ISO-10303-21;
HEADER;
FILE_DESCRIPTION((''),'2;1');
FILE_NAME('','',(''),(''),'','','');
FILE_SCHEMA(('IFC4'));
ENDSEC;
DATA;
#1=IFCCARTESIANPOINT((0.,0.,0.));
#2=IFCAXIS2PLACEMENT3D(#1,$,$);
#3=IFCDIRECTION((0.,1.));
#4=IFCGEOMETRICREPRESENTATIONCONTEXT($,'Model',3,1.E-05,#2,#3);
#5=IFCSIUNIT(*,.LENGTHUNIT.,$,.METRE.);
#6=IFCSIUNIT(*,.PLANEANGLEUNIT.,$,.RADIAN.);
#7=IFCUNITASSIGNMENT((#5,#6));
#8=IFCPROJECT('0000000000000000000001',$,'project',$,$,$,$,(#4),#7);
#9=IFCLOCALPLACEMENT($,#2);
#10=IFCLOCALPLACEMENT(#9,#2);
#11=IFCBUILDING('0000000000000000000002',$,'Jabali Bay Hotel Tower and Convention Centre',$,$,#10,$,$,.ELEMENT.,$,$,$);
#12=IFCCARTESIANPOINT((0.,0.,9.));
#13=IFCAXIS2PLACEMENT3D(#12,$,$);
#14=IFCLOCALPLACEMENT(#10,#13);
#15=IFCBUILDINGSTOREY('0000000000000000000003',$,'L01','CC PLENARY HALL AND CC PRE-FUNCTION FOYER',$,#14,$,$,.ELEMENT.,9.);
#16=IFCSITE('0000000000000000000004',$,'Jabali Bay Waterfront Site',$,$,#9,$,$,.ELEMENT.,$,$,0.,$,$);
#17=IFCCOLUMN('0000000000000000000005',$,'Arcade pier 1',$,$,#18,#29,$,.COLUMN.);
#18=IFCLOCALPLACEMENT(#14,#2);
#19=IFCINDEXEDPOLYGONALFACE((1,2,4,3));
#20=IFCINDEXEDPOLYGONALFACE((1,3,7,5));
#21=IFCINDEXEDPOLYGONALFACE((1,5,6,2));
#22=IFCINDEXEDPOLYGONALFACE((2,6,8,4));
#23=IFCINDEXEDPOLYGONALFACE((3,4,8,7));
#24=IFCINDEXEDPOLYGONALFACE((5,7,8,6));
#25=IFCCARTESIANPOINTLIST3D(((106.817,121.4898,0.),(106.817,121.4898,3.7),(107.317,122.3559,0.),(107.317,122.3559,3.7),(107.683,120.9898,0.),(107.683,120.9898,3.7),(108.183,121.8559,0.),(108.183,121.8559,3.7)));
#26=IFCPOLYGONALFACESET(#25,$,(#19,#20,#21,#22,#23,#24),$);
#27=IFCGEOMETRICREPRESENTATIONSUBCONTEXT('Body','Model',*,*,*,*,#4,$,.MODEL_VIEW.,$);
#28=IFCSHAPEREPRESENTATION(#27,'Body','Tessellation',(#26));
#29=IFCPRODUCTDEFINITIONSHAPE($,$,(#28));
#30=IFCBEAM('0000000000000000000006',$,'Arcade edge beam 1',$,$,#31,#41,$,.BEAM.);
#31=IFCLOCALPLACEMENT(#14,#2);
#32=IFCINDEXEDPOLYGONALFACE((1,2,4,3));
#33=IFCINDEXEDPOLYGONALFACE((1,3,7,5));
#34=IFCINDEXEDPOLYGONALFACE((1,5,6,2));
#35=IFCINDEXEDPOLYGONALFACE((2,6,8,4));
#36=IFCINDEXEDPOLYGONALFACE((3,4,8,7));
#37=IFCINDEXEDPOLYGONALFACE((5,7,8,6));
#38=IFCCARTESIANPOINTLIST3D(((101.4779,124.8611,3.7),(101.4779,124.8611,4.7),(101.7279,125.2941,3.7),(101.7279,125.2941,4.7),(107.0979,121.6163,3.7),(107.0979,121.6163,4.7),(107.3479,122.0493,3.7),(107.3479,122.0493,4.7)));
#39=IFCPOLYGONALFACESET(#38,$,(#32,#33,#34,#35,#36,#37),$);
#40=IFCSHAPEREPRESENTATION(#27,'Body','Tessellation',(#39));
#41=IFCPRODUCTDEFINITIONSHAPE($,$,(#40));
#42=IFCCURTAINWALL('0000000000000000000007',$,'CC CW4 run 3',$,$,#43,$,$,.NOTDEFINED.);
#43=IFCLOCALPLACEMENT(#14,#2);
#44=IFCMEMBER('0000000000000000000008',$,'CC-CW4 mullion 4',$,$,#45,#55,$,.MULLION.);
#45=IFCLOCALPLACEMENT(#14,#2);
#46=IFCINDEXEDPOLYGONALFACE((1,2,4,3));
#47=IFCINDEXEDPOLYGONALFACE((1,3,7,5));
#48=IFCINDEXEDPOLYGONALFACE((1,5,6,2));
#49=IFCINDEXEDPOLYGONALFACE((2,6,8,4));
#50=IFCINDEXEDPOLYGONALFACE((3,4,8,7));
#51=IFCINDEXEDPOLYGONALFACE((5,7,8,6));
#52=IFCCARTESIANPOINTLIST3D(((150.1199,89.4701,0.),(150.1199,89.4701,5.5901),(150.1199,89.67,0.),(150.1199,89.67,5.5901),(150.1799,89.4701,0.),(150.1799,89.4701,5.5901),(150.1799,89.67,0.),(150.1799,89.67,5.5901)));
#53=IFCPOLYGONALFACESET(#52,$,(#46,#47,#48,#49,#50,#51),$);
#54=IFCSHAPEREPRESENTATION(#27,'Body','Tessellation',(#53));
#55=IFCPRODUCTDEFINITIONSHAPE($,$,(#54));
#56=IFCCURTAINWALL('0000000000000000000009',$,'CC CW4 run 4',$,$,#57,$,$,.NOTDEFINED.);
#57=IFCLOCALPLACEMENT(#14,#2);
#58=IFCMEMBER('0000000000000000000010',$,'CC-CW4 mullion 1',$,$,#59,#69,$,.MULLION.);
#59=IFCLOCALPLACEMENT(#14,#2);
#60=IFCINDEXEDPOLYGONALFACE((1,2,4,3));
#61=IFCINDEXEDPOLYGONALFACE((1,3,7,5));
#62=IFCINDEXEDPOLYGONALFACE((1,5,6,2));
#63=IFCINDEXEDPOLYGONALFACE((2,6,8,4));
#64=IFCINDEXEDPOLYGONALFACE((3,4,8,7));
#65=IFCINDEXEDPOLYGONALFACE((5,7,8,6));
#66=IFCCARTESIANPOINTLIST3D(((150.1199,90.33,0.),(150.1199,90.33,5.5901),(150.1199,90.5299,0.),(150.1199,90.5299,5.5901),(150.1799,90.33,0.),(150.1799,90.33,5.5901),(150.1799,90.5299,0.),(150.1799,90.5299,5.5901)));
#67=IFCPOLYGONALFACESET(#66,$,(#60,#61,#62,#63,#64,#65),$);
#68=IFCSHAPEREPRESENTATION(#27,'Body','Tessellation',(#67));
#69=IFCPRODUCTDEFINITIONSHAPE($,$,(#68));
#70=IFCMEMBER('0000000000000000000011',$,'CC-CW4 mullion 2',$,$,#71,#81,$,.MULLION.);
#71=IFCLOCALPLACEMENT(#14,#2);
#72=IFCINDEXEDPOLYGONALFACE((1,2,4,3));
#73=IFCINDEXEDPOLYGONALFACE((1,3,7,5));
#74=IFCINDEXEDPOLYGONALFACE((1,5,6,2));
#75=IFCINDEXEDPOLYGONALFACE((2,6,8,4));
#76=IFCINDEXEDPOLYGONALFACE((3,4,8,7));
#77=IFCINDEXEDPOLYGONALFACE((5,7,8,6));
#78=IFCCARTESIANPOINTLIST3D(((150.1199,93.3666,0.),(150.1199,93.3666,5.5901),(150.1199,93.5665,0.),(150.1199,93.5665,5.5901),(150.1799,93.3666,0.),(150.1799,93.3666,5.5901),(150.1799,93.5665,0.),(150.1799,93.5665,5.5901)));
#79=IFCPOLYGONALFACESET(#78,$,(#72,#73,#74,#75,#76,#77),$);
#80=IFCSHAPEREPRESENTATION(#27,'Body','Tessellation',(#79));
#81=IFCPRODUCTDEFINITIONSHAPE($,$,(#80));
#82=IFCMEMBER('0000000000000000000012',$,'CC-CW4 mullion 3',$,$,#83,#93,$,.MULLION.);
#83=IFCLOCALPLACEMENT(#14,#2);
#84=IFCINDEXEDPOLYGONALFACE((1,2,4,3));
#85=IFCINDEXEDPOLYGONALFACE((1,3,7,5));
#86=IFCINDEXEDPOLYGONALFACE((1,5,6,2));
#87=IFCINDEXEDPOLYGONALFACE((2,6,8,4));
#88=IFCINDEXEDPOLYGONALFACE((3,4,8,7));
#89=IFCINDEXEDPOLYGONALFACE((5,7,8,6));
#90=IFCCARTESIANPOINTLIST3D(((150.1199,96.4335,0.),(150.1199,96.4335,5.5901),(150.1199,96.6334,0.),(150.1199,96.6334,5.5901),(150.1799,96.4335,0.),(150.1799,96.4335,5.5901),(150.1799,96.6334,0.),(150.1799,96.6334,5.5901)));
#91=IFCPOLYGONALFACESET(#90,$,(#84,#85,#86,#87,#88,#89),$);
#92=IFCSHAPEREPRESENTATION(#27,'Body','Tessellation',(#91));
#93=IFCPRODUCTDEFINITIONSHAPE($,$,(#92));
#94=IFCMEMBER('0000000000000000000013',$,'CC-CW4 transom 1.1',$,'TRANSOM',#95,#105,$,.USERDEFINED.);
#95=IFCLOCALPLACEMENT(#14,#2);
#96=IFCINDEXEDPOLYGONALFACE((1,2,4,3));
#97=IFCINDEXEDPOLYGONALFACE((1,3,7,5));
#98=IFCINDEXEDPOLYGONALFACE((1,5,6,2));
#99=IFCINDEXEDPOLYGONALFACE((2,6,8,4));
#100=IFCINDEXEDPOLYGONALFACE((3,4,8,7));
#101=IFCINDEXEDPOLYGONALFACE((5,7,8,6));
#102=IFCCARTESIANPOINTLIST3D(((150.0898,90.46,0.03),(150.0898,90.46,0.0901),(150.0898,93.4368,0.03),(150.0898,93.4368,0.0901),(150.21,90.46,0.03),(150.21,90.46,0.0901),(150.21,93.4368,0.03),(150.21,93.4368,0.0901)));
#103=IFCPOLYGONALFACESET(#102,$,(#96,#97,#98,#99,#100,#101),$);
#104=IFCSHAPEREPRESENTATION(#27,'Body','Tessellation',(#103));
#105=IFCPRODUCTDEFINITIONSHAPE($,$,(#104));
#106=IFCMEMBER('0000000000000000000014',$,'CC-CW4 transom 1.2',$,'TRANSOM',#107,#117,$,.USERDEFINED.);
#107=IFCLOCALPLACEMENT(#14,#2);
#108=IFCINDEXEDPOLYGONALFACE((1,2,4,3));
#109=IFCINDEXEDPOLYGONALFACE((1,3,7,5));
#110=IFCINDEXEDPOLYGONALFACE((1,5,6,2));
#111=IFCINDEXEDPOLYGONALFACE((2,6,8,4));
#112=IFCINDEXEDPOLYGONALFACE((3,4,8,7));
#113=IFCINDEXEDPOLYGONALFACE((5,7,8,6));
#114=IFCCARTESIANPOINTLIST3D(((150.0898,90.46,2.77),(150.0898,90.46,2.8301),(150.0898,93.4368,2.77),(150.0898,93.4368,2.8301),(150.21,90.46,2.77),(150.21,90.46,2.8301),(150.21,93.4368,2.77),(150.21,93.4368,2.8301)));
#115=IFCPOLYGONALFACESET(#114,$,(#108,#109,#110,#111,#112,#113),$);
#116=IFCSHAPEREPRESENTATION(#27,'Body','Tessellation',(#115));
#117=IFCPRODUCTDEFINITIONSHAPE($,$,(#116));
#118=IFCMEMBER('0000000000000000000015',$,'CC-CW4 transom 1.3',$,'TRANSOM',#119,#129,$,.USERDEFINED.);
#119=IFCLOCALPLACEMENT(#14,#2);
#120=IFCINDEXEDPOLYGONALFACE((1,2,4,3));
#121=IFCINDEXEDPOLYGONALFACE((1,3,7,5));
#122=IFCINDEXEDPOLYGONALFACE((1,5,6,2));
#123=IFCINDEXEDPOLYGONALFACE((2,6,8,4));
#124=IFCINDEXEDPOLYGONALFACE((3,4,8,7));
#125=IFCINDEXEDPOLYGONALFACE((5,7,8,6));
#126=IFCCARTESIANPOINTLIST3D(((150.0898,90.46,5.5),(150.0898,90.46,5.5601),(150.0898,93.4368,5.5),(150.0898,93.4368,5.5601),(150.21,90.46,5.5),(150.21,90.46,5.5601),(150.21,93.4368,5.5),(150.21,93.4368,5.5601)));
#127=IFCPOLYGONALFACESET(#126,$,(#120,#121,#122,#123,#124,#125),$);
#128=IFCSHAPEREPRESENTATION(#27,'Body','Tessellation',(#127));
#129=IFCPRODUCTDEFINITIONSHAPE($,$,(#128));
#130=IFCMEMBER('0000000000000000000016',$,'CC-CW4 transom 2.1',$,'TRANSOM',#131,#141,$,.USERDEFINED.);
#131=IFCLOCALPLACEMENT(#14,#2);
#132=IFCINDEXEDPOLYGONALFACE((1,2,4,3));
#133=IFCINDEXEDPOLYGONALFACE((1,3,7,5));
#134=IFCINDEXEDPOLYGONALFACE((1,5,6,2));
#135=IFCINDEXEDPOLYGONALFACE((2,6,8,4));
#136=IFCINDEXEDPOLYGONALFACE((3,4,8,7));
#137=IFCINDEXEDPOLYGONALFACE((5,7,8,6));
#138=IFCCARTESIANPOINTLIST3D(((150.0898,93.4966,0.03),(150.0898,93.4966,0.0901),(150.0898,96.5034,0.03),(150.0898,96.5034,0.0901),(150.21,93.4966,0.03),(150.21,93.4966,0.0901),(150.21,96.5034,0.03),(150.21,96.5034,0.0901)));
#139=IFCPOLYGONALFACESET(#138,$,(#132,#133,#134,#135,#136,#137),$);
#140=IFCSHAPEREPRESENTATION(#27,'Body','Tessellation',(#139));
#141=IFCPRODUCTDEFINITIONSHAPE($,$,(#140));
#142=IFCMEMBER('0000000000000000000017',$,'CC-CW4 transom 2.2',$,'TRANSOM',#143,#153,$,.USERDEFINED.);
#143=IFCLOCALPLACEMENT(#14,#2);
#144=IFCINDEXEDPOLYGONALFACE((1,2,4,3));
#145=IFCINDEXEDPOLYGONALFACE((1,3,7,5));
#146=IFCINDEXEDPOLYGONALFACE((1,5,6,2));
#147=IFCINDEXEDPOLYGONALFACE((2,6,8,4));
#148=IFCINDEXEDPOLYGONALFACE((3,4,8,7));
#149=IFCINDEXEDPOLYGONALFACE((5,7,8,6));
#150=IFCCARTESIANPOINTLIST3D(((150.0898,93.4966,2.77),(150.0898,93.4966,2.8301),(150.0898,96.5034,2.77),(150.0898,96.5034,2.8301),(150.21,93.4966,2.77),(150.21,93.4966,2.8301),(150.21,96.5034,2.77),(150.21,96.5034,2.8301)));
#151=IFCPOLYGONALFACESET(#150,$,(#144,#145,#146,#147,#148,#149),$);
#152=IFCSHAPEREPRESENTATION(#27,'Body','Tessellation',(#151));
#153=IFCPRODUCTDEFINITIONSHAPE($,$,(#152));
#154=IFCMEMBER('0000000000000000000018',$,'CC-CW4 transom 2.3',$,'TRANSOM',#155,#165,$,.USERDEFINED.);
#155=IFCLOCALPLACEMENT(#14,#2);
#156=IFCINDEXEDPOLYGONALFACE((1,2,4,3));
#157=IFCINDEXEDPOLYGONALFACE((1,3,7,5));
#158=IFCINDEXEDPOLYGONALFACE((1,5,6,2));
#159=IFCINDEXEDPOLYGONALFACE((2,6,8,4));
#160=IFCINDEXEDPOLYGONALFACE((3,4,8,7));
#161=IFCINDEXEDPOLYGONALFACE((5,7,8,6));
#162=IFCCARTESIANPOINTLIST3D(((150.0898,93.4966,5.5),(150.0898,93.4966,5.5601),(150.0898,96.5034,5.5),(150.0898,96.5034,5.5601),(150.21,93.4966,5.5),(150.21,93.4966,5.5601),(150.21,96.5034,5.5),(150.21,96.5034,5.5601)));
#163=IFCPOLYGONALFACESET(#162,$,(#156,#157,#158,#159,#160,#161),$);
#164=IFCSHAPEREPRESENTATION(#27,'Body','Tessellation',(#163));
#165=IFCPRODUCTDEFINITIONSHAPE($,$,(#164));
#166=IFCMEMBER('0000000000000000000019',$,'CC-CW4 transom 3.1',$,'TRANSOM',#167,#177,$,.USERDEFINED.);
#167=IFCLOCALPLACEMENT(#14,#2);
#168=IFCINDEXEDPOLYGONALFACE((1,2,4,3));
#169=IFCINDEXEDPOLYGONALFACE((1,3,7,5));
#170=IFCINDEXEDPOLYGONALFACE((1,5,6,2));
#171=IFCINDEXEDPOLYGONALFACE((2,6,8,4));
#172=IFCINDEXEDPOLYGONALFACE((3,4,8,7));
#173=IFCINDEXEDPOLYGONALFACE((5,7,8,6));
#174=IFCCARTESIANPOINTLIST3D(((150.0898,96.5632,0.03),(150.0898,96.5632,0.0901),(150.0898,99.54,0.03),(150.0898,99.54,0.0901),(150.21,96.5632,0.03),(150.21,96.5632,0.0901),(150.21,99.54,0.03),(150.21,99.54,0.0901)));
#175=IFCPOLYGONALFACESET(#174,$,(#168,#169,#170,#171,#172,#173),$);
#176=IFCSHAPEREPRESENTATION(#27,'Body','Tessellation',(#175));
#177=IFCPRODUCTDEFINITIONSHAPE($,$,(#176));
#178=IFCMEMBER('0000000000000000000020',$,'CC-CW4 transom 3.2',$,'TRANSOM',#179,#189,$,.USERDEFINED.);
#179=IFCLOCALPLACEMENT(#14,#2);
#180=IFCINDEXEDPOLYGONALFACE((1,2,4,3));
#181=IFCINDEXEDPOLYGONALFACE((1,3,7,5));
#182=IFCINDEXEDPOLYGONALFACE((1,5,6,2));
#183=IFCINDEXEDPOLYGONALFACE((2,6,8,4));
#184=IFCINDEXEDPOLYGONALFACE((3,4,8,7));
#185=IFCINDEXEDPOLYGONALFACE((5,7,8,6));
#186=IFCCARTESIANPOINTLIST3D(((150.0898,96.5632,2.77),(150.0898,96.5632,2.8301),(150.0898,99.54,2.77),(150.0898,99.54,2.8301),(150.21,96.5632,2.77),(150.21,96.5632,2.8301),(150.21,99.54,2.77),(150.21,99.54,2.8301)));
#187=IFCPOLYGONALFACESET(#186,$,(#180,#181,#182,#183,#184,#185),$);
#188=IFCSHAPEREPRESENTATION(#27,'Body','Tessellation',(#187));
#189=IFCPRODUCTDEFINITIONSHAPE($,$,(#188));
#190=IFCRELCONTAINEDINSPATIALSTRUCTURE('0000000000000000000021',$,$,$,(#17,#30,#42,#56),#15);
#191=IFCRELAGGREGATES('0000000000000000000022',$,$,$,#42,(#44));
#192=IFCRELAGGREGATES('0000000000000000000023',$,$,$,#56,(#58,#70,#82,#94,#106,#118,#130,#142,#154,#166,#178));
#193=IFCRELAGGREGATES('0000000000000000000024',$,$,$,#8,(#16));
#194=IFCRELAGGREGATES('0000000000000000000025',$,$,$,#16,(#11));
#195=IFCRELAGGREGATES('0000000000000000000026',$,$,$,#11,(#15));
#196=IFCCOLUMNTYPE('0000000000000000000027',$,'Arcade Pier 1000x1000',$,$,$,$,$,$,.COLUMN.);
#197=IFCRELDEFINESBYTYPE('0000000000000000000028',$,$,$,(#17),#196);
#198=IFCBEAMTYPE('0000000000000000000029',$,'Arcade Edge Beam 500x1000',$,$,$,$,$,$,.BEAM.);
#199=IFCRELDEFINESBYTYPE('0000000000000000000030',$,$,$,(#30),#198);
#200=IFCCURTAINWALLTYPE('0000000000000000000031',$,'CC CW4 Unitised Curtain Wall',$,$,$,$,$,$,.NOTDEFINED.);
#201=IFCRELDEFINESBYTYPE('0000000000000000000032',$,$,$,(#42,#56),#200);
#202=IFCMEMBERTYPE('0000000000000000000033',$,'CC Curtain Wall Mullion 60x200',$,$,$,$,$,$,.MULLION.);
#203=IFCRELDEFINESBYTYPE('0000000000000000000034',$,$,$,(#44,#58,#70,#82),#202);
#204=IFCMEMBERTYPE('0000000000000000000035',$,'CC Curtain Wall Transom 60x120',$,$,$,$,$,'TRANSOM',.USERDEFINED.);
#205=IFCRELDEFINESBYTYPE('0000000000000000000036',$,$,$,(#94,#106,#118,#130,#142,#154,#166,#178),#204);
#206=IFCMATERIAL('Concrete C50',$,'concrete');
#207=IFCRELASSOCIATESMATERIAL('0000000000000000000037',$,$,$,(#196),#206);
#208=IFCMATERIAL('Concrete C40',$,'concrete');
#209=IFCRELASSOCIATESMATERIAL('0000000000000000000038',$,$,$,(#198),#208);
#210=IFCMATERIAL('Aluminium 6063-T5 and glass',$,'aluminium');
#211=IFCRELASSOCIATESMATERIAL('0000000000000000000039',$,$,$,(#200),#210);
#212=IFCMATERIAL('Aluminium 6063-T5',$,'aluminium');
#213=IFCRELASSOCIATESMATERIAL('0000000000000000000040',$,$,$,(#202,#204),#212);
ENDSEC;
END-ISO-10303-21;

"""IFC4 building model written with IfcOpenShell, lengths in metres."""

from ifc_helpers import new_model, si_unit, direction, frame, origin, origin_2d, place, context, subcontext, project, spatial, rectangle, extrude, material, material_profile, profile_set, type_object, element, aggregate, save


model = new_model("IFC4")

# Units and contexts
model_context = context("Model", 3, precision=1e-05, world=origin(), true_north=direction((0.0, 1.0)))
body_context = subcontext(model_context, "Body", "Model", "MODEL_VIEW")
ifc_project = project(units=[si_unit("LENGTHUNIT", "METRE"), si_unit("PLANEANGLEUNIT", "RADIAN")], contexts=[model_context])

# Site, building, storey
site_placement = place(None, origin())
site = spatial("IfcSite", under=ifc_project, at=site_placement, Name="Jabali Bay Waterfront Site", CompositionType="ELEMENT", RefElevation=0.0)
building_placement = place(site_placement, origin())
building = spatial("IfcBuilding", under=site, at=building_placement, Name="Jabali Bay Hotel Tower and Convention Centre", CompositionType="ELEMENT")
storey_placement = place(building_placement, frame((0.0, 0.0, 9.0)))
storey = spatial("IfcBuildingStorey", under=building, at=storey_placement, Name="L01", Description="CC PLENARY HALL AND CC PRE-FUNCTION FOYER", CompositionType="ELEMENT", Elevation=9.0)

# Column
ifc_material_1 = material(Name="Concrete C50", Category="concrete")
ifc_material_profile_1 = material_profile(ifc_material_1, rectangle(XDim=1.0, YDim=1.0, at=origin_2d()), Name="RC 1000x1000")
ifc_profile_set_1 = profile_set([ifc_material_profile_1], Name="Concrete C50")
column_type = type_object("IfcColumnType", Name="Arcade Pier 1000x1000", PredefinedType="COLUMN", material=ifc_profile_set_1)
column_placement = place(storey_placement, frame((107.5, 121.6729, 0.0), z_axis=(0.0, 0.0, 1.0), x_axis=(-0.866025, 0.5, 0.0)))
element("IfcColumn", 1, at=column_placement, inside=storey, type_object=column_type, Name="Arcade pier 1", PredefinedType="COLUMN", context=body_context, shape_type="SweptSolid", body=[
    extrude(rectangle(XDim=1.0, YDim=1.0, at=origin_2d()), origin(), (0.0, 0.0, 1.0), 3.7),
])

# Beam
ifc_material_2 = material(Name="Concrete C40", Category="concrete")
ifc_material_profile_2 = material_profile(ifc_material_2, rectangle(XDim=0.5, YDim=1.0, at=origin_2d()), Name="RC 500x1000")
ifc_profile_set_2 = profile_set([ifc_material_profile_2], Name="Concrete C40")
beam_type = type_object("IfcBeamType", Name="Arcade Edge Beam 500x1000", PredefinedType="BEAM", material=ifc_profile_set_2)
beam_placement = place(storey_placement, frame((107.2229, 121.8328, 4.2), z_axis=(-0.866019, 0.500011, 0.0), x_axis=(-0.500011, -0.866019, 0.0)))
element("IfcBeam", 2, at=beam_placement, inside=storey, type_object=beam_type, Name="Arcade edge beam 1", PredefinedType="BEAM", context=body_context, shape_type="SweptSolid", body=[
    extrude(rectangle(XDim=0.5, YDim=1.0, at=origin_2d()), origin(), (0.0, 0.0, 1.0), 6.4895),
])

# Curtain wall, member
ifc_material_3 = material(Name="Aluminium 6063-T5 and glass", Category="aluminium")
curtain_wall_type = type_object("IfcCurtainWallType", Name="CC CW4 Unitised Curtain Wall", PredefinedType="NOTDEFINED", material=ifc_material_3)
curtain_wall_1_placement = place(storey_placement, origin())
curtain_wall_1 = element("IfcCurtainWall", 3, at=curtain_wall_1_placement, inside=storey, type_object=curtain_wall_type, Name="CC CW4 run 3", PredefinedType="NOTDEFINED")
ifc_material_4 = material(Name="Aluminium 6063-T5", Category="aluminium")
ifc_material_profile_3 = material_profile(ifc_material_4, rectangle(XDim=0.0601, YDim=0.2, at=origin_2d()), Name="AL 60x200")
ifc_profile_set_3 = profile_set([ifc_material_profile_3], Name="Aluminium 6063-T5")
member_type_1 = type_object("IfcMemberType", Name="CC Curtain Wall Mullion 60x200", PredefinedType="MULLION", material=ifc_profile_set_3)
member_1_placement = place(storey_placement, frame((150.1499, 89.5701, 0.0), z_axis=(0.0, 0.0, 1.0), x_axis=(-1.0, 0.0, 0.0)))
member_1 = element("IfcMember", 4, at=member_1_placement, type_object=member_type_1, Name="CC-CW4 mullion 4", PredefinedType="MULLION", context=body_context, shape_type="SweptSolid", body=[
    extrude(rectangle(XDim=0.0601, YDim=0.2, at=origin_2d()), origin(), (0.0, 0.0, 1.0), 5.5901),
])

# Curtain wall, members
curtain_wall_2_placement = place(storey_placement, origin())
curtain_wall_2 = element("IfcCurtainWall", 5, at=curtain_wall_2_placement, inside=storey, type_object=curtain_wall_type, Name="CC CW4 run 4", PredefinedType="NOTDEFINED")
member_2_placement = place(storey_placement, frame((150.1499, 90.4299, 0.0), z_axis=(0.0, 0.0, 1.0), x_axis=(-1.0, 0.0, 0.0)))
member_2 = element("IfcMember", 6, at=member_2_placement, type_object=member_type_1, Name="CC-CW4 mullion 1", PredefinedType="MULLION", context=body_context, shape_type="SweptSolid", body=[
    extrude(rectangle(XDim=0.0601, YDim=0.2, at=origin_2d()), origin(), (0.0, 0.0, 1.0), 5.5901),
])
member_3_placement = place(storey_placement, frame((150.1499, 93.4666, 0.0), z_axis=(0.0, 0.0, 1.0), x_axis=(-1.0, 0.0, 0.0)))
member_3 = element("IfcMember", 7, at=member_3_placement, type_object=member_type_1, Name="CC-CW4 mullion 2", PredefinedType="MULLION", context=body_context, shape_type="SweptSolid", body=[
    extrude(rectangle(XDim=0.0601, YDim=0.2, at=origin_2d()), origin(), (0.0, 0.0, 1.0), 5.5901),
])
member_4_placement = place(storey_placement, frame((150.1499, 96.5334, 0.0), z_axis=(0.0, 0.0, 1.0), x_axis=(-1.0, 0.0, 0.0)))
member_4 = element("IfcMember", 8, at=member_4_placement, type_object=member_type_1, Name="CC-CW4 mullion 3", PredefinedType="MULLION", context=body_context, shape_type="SweptSolid", body=[
    extrude(rectangle(XDim=0.0601, YDim=0.2, at=origin_2d()), origin(), (0.0, 0.0, 1.0), 5.5901),
])
ifc_material_profile_4 = material_profile(ifc_material_4, rectangle(XDim=0.1201, YDim=0.0601, at=origin_2d()), Name="AL 120x60")
ifc_profile_set_4 = profile_set([ifc_material_profile_4], Name="Aluminium 6063-T5")
member_type_2 = type_object("IfcMemberType", Name="CC Curtain Wall Transom 60x120", ElementType="TRANSOM", PredefinedType="USERDEFINED", material=ifc_profile_set_4)
member_5_placement = place(storey_placement, frame((150.1499, 90.46, 0.0601), z_axis=(0.0, 1.0, 0.0), x_axis=(-1.0, 0.0, 0.0)))
member_5 = element("IfcMember", 9, at=member_5_placement, type_object=member_type_2, Name="CC-CW4 transom 1.1", ObjectType="TRANSOM", PredefinedType="USERDEFINED", context=body_context, shape_type="SweptSolid", body=[
    extrude(rectangle(XDim=0.1201, YDim=0.0601, at=origin_2d()), origin(), (0.0, 0.0, 1.0), 2.9768),
])
member_6_placement = place(storey_placement, frame((150.1499, 90.46, 2.8), z_axis=(0.0, 1.0, 0.0), x_axis=(-1.0, 0.0, 0.0)))
member_6 = element("IfcMember", 10, at=member_6_placement, type_object=member_type_2, Name="CC-CW4 transom 1.2", ObjectType="TRANSOM", PredefinedType="USERDEFINED", context=body_context, shape_type="SweptSolid", body=[
    extrude(rectangle(XDim=0.1201, YDim=0.0601, at=origin_2d()), origin(), (0.0, 0.0, 1.0), 2.9768),
])
member_7_placement = place(storey_placement, frame((150.1499, 90.46, 5.53), z_axis=(0.0, 1.0, 0.0), x_axis=(-1.0, 0.0, 0.0)))
member_7 = element("IfcMember", 11, at=member_7_placement, type_object=member_type_2, Name="CC-CW4 transom 1.3", ObjectType="TRANSOM", PredefinedType="USERDEFINED", context=body_context, shape_type="SweptSolid", body=[
    extrude(rectangle(XDim=0.1201, YDim=0.0601, at=origin_2d()), origin(), (0.0, 0.0, 1.0), 2.9768),
])
member_8_placement = place(storey_placement, frame((150.1499, 93.4966, 0.0601), z_axis=(0.0, 1.0, 0.0), x_axis=(-1.0, 0.0, 0.0)))
member_8 = element("IfcMember", 12, at=member_8_placement, type_object=member_type_2, Name="CC-CW4 transom 2.1", ObjectType="TRANSOM", PredefinedType="USERDEFINED", context=body_context, shape_type="SweptSolid", body=[
    extrude(rectangle(XDim=0.1201, YDim=0.0601, at=origin_2d()), origin(), (0.0, 0.0, 1.0), 3.0068),
])
member_9_placement = place(storey_placement, frame((150.1499, 93.4966, 2.8), z_axis=(0.0, 1.0, 0.0), x_axis=(-1.0, 0.0, 0.0)))
member_9 = element("IfcMember", 13, at=member_9_placement, type_object=member_type_2, Name="CC-CW4 transom 2.2", ObjectType="TRANSOM", PredefinedType="USERDEFINED", context=body_context, shape_type="SweptSolid", body=[
    extrude(rectangle(XDim=0.1201, YDim=0.0601, at=origin_2d()), origin(), (0.0, 0.0, 1.0), 3.0068),
])
member_10_placement = place(storey_placement, frame((150.1499, 93.4966, 5.53), z_axis=(0.0, 1.0, 0.0), x_axis=(-1.0, 0.0, 0.0)))
member_10 = element("IfcMember", 14, at=member_10_placement, type_object=member_type_2, Name="CC-CW4 transom 2.3", ObjectType="TRANSOM", PredefinedType="USERDEFINED", context=body_context, shape_type="SweptSolid", body=[
    extrude(rectangle(XDim=0.1201, YDim=0.0601, at=origin_2d()), origin(), (0.0, 0.0, 1.0), 3.0068),
])
member_11_placement = place(storey_placement, frame((150.1499, 96.5632, 0.0601), z_axis=(0.0, 1.0, 0.0), x_axis=(-1.0, 0.0, 0.0)))
member_11 = element("IfcMember", 15, at=member_11_placement, type_object=member_type_2, Name="CC-CW4 transom 3.1", ObjectType="TRANSOM", PredefinedType="USERDEFINED", context=body_context, shape_type="SweptSolid", body=[
    extrude(rectangle(XDim=0.1201, YDim=0.0601, at=origin_2d()), origin(), (0.0, 0.0, 1.0), 2.9768),
])
member_12_placement = place(storey_placement, frame((150.1499, 96.5632, 2.8), z_axis=(0.0, 1.0, 0.0), x_axis=(-1.0, 0.0, 0.0)))
member_12 = element("IfcMember", 16, at=member_12_placement, type_object=member_type_2, Name="CC-CW4 transom 3.2", ObjectType="TRANSOM", PredefinedType="USERDEFINED", context=body_context, shape_type="SweptSolid", body=[
    extrude(rectangle(XDim=0.1201, YDim=0.0601, at=origin_2d()), origin(), (0.0, 0.0, 1.0), 2.9768),
])

aggregate(curtain_wall_1, [member_1])
aggregate(curtain_wall_2, [member_2, member_3, member_4, member_5, member_6, member_7, member_8, member_9, member_10, member_11, member_12])

save(model, "model.ifc")
